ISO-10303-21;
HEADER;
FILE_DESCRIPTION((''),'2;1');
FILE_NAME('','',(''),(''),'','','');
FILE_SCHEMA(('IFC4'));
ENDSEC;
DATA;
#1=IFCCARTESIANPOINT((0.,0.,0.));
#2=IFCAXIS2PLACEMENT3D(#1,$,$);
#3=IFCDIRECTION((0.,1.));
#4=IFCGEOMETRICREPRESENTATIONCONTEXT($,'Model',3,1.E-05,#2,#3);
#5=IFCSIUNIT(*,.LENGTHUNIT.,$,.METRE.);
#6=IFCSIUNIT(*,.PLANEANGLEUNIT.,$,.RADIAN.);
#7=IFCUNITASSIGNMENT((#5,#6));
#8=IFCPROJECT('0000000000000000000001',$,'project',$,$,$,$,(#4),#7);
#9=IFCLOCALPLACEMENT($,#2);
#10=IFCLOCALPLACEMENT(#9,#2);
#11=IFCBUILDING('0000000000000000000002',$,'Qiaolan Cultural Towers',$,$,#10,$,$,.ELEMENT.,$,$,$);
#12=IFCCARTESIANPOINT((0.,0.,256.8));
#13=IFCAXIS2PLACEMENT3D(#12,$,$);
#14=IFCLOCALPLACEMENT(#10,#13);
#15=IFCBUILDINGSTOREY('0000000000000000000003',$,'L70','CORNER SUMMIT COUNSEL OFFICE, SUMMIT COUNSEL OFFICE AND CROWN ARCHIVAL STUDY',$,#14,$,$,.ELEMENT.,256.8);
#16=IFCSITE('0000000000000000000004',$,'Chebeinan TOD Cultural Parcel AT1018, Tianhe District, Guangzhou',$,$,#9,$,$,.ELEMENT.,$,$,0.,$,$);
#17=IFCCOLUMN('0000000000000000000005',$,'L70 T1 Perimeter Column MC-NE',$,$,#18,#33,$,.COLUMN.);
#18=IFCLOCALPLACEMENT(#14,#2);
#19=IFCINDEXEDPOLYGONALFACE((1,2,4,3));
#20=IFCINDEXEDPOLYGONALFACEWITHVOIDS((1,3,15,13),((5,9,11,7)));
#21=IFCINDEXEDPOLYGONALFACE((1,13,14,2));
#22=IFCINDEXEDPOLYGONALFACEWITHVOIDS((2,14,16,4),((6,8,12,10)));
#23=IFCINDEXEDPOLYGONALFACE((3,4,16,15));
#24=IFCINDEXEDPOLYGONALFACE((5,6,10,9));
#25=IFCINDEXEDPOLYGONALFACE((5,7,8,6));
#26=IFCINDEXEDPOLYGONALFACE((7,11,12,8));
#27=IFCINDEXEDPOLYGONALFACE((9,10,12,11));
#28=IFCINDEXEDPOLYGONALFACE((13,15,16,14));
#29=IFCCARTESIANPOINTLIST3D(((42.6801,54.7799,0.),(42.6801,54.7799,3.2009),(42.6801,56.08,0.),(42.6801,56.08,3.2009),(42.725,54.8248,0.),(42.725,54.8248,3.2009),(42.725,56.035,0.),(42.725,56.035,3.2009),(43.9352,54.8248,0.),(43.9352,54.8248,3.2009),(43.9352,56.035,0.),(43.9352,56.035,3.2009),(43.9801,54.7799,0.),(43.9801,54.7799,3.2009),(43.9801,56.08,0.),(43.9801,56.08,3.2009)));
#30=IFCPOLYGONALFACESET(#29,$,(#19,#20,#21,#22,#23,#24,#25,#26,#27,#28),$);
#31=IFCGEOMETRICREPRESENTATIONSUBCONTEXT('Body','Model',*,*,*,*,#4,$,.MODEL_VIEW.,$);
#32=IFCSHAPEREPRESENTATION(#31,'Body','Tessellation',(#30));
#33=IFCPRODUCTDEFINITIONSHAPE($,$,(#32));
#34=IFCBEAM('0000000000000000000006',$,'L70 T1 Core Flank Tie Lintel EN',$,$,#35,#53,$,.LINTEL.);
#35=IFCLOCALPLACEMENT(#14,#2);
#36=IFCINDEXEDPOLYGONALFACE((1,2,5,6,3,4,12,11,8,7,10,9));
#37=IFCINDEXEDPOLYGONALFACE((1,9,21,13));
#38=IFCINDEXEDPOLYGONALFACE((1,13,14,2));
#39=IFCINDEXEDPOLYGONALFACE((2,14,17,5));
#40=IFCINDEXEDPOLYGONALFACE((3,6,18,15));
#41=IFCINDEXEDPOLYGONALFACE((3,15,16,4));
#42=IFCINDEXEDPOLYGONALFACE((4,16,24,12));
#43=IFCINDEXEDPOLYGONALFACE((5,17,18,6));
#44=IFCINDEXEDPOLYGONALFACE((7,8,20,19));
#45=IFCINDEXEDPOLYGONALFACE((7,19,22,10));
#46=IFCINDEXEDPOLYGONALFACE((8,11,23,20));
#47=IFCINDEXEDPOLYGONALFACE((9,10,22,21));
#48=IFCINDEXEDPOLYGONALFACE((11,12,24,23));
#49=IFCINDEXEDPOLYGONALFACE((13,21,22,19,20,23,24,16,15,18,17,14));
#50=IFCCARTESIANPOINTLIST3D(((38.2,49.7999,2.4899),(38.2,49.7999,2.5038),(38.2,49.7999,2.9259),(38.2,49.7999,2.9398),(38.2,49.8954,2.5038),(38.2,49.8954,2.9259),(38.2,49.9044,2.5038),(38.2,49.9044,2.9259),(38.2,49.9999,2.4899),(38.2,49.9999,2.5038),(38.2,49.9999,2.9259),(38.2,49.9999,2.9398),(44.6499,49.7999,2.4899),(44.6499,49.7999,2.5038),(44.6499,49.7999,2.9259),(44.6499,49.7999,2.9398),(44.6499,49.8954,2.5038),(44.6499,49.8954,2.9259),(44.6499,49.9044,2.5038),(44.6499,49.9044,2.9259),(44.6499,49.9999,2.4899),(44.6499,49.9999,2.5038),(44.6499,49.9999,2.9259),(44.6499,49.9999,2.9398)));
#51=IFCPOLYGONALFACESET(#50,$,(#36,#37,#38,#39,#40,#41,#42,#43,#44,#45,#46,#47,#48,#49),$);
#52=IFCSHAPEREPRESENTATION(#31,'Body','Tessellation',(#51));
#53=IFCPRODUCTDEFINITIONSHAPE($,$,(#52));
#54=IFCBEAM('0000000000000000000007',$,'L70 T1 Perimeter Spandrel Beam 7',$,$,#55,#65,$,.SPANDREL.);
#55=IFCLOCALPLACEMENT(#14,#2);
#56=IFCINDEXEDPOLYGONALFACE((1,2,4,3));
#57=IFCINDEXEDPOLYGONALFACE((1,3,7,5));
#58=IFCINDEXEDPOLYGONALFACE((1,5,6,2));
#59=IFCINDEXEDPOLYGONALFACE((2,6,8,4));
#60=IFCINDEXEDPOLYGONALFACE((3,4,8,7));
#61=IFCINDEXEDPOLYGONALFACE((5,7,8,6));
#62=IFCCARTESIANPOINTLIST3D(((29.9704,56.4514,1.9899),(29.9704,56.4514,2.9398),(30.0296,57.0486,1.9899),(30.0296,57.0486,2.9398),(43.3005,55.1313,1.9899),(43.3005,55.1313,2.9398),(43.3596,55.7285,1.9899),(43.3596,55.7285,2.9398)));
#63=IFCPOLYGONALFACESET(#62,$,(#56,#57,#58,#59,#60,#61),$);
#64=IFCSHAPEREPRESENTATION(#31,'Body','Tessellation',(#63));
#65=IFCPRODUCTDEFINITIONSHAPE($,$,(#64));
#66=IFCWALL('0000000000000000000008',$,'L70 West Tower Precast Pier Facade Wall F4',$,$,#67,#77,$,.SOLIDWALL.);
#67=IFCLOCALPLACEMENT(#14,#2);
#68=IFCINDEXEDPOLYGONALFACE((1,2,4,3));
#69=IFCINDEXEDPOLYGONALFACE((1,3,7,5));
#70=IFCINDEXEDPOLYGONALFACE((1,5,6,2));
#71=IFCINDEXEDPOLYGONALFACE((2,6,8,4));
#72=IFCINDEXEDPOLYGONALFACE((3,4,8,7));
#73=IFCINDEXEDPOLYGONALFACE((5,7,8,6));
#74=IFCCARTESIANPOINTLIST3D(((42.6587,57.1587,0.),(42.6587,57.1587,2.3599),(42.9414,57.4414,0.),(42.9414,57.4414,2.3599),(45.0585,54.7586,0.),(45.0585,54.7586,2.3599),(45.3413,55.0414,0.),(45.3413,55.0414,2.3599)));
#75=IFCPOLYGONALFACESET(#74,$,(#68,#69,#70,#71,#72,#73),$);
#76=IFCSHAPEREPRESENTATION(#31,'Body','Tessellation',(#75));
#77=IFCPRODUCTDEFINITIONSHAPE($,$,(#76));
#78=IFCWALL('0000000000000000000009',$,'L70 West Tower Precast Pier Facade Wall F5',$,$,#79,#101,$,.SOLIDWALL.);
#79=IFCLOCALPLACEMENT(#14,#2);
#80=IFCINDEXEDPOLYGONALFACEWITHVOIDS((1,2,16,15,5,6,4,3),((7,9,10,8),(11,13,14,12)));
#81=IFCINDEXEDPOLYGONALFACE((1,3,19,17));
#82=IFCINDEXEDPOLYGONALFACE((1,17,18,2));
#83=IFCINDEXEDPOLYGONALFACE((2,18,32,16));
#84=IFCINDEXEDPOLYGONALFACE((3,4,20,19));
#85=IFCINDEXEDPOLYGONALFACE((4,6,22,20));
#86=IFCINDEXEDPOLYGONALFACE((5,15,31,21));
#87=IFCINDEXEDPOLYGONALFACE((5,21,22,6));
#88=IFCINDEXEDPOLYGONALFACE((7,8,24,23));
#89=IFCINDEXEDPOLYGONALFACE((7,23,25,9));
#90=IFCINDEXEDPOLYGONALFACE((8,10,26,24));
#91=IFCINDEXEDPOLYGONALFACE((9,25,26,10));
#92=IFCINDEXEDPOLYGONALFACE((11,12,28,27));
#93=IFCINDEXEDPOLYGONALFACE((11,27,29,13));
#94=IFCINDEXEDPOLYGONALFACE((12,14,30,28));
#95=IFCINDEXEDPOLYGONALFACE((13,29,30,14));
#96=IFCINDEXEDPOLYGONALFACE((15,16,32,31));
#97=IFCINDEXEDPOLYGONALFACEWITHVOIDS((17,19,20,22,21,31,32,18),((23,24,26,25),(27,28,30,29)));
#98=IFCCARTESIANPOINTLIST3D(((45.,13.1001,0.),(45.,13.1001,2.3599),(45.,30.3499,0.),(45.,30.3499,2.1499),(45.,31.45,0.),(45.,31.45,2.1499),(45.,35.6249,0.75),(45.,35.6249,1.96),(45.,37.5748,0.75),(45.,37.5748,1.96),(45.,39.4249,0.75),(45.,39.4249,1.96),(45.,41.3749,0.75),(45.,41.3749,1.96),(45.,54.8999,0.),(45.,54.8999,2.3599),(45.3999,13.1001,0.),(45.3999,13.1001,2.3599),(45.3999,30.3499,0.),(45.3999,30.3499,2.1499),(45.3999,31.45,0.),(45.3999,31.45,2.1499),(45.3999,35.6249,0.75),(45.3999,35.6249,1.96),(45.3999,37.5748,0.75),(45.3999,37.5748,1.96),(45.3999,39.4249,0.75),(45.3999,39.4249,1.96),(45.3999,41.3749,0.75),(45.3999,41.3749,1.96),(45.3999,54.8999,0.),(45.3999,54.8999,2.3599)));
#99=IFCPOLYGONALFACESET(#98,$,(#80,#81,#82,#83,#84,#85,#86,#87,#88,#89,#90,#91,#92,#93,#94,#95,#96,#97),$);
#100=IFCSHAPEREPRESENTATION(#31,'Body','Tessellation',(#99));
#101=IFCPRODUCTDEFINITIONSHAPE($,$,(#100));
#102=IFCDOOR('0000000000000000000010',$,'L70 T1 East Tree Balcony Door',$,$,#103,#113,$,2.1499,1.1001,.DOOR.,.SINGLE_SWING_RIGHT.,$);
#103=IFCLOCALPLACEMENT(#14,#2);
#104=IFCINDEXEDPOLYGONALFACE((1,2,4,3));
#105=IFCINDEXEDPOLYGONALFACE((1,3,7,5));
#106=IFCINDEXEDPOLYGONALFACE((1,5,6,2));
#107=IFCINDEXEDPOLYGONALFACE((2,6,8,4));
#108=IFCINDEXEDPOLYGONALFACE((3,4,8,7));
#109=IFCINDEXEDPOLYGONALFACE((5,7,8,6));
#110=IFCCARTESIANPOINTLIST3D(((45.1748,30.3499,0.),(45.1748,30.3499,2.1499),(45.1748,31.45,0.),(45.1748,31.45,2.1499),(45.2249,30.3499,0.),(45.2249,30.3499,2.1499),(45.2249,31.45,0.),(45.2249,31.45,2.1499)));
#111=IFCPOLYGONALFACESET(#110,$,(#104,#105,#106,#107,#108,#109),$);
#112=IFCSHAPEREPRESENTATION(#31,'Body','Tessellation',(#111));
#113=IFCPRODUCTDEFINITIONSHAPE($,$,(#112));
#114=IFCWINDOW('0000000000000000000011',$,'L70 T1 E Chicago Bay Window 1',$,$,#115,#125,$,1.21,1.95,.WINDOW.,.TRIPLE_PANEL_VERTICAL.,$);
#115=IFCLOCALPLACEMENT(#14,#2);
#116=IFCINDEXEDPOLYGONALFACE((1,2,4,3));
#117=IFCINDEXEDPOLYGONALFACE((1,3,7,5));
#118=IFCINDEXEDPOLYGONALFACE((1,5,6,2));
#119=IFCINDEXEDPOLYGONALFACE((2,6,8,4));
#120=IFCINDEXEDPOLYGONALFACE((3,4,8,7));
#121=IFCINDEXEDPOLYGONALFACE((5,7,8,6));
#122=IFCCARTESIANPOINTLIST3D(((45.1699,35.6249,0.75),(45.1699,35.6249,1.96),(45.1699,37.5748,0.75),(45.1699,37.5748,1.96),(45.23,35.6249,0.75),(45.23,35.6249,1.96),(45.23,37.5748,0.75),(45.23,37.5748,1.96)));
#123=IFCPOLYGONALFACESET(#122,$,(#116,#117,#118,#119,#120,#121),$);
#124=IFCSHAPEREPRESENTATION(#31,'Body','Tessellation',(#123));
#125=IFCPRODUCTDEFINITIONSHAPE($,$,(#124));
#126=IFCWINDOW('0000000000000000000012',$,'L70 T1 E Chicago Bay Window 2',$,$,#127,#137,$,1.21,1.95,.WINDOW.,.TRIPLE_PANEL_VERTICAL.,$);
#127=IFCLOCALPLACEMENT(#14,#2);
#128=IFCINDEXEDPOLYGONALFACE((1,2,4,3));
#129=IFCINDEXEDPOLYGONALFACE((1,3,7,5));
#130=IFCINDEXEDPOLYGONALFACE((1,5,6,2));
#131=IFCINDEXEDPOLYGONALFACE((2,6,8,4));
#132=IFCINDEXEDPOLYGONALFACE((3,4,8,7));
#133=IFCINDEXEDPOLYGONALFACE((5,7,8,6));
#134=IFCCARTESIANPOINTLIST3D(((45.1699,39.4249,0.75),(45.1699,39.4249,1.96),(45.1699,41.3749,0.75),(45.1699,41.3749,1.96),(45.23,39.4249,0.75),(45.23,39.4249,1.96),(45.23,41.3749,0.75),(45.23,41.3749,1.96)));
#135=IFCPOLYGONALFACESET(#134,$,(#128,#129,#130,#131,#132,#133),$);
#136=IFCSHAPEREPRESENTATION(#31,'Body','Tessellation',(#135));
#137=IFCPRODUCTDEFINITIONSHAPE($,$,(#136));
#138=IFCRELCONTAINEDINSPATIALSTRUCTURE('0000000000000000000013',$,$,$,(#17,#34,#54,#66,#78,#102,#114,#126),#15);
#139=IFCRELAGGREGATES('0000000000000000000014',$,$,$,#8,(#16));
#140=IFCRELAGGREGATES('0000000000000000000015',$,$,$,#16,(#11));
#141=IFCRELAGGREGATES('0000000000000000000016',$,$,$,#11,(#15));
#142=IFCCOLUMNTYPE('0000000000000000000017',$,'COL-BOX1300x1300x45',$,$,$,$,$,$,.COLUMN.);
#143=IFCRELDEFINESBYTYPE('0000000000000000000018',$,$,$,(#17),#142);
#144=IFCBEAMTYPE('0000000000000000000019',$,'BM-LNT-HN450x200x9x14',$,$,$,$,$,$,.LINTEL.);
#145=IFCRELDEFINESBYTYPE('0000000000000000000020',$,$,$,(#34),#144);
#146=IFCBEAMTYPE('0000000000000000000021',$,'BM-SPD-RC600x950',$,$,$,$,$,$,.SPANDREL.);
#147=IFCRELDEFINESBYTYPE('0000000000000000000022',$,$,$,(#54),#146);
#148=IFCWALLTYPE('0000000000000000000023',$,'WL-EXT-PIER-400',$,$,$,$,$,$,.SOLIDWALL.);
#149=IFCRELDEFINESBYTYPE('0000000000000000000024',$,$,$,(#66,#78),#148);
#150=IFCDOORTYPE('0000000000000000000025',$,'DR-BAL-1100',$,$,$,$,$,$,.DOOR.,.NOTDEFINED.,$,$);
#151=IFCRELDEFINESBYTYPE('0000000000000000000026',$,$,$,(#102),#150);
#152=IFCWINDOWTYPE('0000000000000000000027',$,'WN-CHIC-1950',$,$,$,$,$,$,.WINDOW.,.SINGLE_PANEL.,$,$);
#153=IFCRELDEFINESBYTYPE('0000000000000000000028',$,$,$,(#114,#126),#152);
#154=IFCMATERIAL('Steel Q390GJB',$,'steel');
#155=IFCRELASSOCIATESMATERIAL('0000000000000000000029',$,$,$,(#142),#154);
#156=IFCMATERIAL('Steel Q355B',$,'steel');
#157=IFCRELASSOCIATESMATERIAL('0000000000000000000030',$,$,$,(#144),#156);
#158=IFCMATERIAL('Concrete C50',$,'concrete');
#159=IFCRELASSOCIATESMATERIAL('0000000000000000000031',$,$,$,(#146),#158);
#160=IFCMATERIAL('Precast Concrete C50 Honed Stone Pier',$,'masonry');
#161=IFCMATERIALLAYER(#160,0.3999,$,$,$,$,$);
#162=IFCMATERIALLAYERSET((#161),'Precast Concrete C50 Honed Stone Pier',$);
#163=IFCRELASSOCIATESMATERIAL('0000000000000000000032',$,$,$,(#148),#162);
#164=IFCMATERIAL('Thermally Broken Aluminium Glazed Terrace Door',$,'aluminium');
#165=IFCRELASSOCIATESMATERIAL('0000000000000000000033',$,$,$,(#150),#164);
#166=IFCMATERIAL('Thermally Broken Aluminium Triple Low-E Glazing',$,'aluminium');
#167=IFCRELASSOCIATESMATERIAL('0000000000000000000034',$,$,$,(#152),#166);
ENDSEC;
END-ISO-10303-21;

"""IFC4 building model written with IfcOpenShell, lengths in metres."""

from ifc_helpers import new_model, si_unit, direction, frame, frame_2d, origin, origin_2d, place, context, subcontext, project, spatial, rectangle, hollow_rectangle, i_section, extrude, material, layer, layer_set, material_profile, profile_set, type_object, element, fill, save


model = new_model("IFC4")

# Units and contexts
model_context = context("Model", 3, precision=1e-05, world=origin(), true_north=direction((0.0, 1.0)))
body_context = subcontext(model_context, "Body", "Model", "MODEL_VIEW")
ifc_project = project(units=[si_unit("LENGTHUNIT", "METRE"), si_unit("PLANEANGLEUNIT", "RADIAN")], contexts=[model_context])

# Site, building, storey
site_placement = place(None, origin())
site = spatial("IfcSite", under=ifc_project, at=site_placement, Name="Chebeinan TOD Cultural Parcel AT1018, Tianhe District, Guangzhou", CompositionType="ELEMENT", RefElevation=0.0)
building_placement = place(site_placement, origin())
building = spatial("IfcBuilding", under=site, at=building_placement, Name="Qiaolan Cultural Towers", CompositionType="ELEMENT")
storey_placement = place(building_placement, frame((0.0, 0.0, 256.8)))
storey = spatial("IfcBuildingStorey", under=building, at=storey_placement, Name="L70", Description="CORNER SUMMIT COUNSEL OFFICE, SUMMIT COUNSEL OFFICE AND CROWN ARCHIVAL STUDY", CompositionType="ELEMENT", Elevation=256.8)

# Column
ifc_material_1 = material(Name="Steel Q390GJB", Category="steel")
ifc_material_profile_1 = material_profile(ifc_material_1, hollow_rectangle(XDim=1.3, YDim=1.3, WallThickness=0.0449, at=origin_2d()), Name="BOX1300x1300x45")
ifc_profile_set_1 = profile_set([ifc_material_profile_1], Name="Steel Q390GJB")
column_type = type_object("IfcColumnType", Name="COL-BOX1300x1300x45", PredefinedType="COLUMN", material=ifc_profile_set_1)
column_placement = place(storey_placement, frame((43.3301, 55.4299, 0.0), z_axis=(0.0, 0.0, 1.0), x_axis=(1.0, 0.0, 0.0)))
element("IfcColumn", 1, at=column_placement, inside=storey, type_object=column_type, Name="L70 T1 Perimeter Column MC-NE", PredefinedType="COLUMN", context=body_context, shape_type="SweptSolid", body=[
    extrude(hollow_rectangle(XDim=1.3, YDim=1.3, WallThickness=0.0449, at=origin_2d()), origin(), (0.0, 0.0, 1.0), 3.2009),
])

# Beams
ifc_material_2 = material(Name="Steel Q355B", Category="steel")
ifc_material_profile_2 = material_profile(ifc_material_2, i_section(OverallWidth=0.2, OverallDepth=0.45, WebThickness=0.009, FlangeThickness=0.0139, at=origin_2d()), Name="HN450x200x9x14")
ifc_profile_set_2 = profile_set([ifc_material_profile_2], Name="Steel Q355B")
beam_type_1 = type_object("IfcBeamType", Name="BM-LNT-HN450x200x9x14", PredefinedType="LINTEL", material=ifc_profile_set_2)
beam_1_placement = place(storey_placement, frame((38.2, 49.8999, 2.7148), z_axis=(1.0, 0.0, 0.0), x_axis=(0.0, 1.0, 0.0)))
element("IfcBeam", 2, at=beam_1_placement, inside=storey, type_object=beam_type_1, Name="L70 T1 Core Flank Tie Lintel EN", PredefinedType="LINTEL", context=body_context, shape_type="SweptSolid", body=[
    extrude(i_section(OverallWidth=0.2, OverallDepth=0.45, WebThickness=0.009, FlangeThickness=0.0139, at=origin_2d()), origin(), (0.0, 0.0, 1.0), 6.45),
])
ifc_material_3 = material(Name="Concrete C50", Category="concrete")
ifc_material_profile_3 = material_profile(ifc_material_3, rectangle(XDim=0.6001, YDim=0.95, at=origin_2d()), Name="RC600x950")
ifc_profile_set_3 = profile_set([ifc_material_profile_3], Name="Concrete C50")
beam_type_2 = type_object("IfcBeamType", Name="BM-SPD-RC600x950", PredefinedType="SPANDREL", material=ifc_profile_set_3)
beam_2_placement = place(storey_placement, frame((43.3301, 55.4299, 2.4648), z_axis=(-0.995132, 0.098547, 0.0), x_axis=(-0.098547, -0.995132, 0.0)))
element("IfcBeam", 3, at=beam_2_placement, inside=storey, type_object=beam_type_2, Name="L70 T1 Perimeter Spandrel Beam 7", PredefinedType="SPANDREL", context=body_context, shape_type="SweptSolid", body=[
    extrude(rectangle(XDim=0.6001, YDim=0.95, at=origin_2d()), origin(), (0.0, 0.0, 1.0), 13.3953),
])

# Wall
ifc_material_4 = material(Name="Precast Concrete C50 Honed Stone Pier", Category="masonry")
ifc_layer_1 = layer(ifc_material_4, 0.3999)
ifc_layer_set_1 = layer_set([ifc_layer_1], Name="Precast Concrete C50 Honed Stone Pier")
wall_type_1 = type_object("IfcWallType", Name="WL-EXT-PIER-400", PredefinedType="SOLIDWALL", material=ifc_layer_set_1)
wall_1_placement = place(storey_placement, frame((42.8, 57.3, 0.0), z_axis=(0.0, 0.0, 1.0), x_axis=(0.707071, -0.707143, 0.0)))
element("IfcWall", 4, at=wall_1_placement, inside=storey, type_object=wall_type_1, Name="L70 West Tower Precast Pier Facade Wall F4", PredefinedType="SOLIDWALL", context=body_context, shape_type="SweptSolid", body=[
    extrude(rectangle(XDim=3.394, YDim=0.3999, at=frame_2d((1.697, 0.0))), origin(), (0.0, 0.0, 1.0), 2.3599),
])

# Wall, openings, door, windows
wall_2_placement = place(storey_placement, frame((45.2, 54.8999, 0.0), z_axis=(0.0, 0.0, 1.0), x_axis=(0.0, -1.0, 0.0)))
wall_2 = element("IfcWall", 5, at=wall_2_placement, inside=storey, type_object=wall_type_1, Name="L70 West Tower Precast Pier Facade Wall F5", PredefinedType="SOLIDWALL", context=body_context, shape_type="SweptSolid", body=[
    extrude(rectangle(XDim=41.7998, YDim=0.3999, at=frame_2d((20.8999, 0.0))), origin(), (0.0, 0.0, 1.0), 2.3599),
])
opening_1_placement = place(wall_2_placement, frame((17.325, 0.0, 0.75)))
opening_1 = element("IfcOpeningElement", 6, at=opening_1_placement, cuts=wall_2, PredefinedType="OPENING", context=body_context, shape_type="SweptSolid", body=[
    extrude(rectangle(XDim=1.95, YDim=1.21, at=frame_2d((0.9751, 0.605))), frame((0.0, 0.21, 0.0), z_axis=(0.0, -1.0, 0.0), x_axis=(1.0, 0.0, 0.0)), (0.0, 0.0, 1.0), 0.4199),
])
opening_2_placement = place(wall_2_placement, frame((13.5249, 0.0, 0.75)))
opening_2 = element("IfcOpeningElement", 7, at=opening_2_placement, cuts=wall_2, PredefinedType="OPENING", context=body_context, shape_type="SweptSolid", body=[
    extrude(rectangle(XDim=1.95, YDim=1.21, at=frame_2d((0.9751, 0.605))), frame((0.0, 0.21, 0.0), z_axis=(0.0, -1.0, 0.0), x_axis=(1.0, 0.0, 0.0)), (0.0, 0.0, 1.0), 0.4199),
])
opening_3_placement = place(wall_2_placement, frame((23.45, 0.0, 0.0)))
opening_3 = element("IfcOpeningElement", 8, at=opening_3_placement, cuts=wall_2, PredefinedType="OPENING", context=body_context, shape_type="SweptSolid", body=[
    extrude(rectangle(XDim=1.1001, YDim=2.1499, at=frame_2d((0.55, 1.075))), frame((0.0, 0.21, 0.0), z_axis=(0.0, -1.0, 0.0), x_axis=(1.0, 0.0, 0.0)), (0.0, 0.0, 1.0), 0.4199),
])
ifc_material_5 = material(Name="Thermally Broken Aluminium Glazed Terrace Door", Category="aluminium")
door_type_1 = type_object("IfcDoorType", Name="DR-BAL-1100", OperationType="NOTDEFINED", PredefinedType="DOOR", material=ifc_material_5)
door_1_placement = place(opening_3_placement, origin())
door_1 = element("IfcDoor", 9, at=door_1_placement, inside=storey, type_object=door_type_1, Name="L70 T1 East Tree Balcony Door", OperationType="SINGLE_SWING_RIGHT", OverallHeight=2.1499, OverallWidth=1.1001, PredefinedType="DOOR", context=body_context, shape_type="SweptSolid", body=[
    extrude(rectangle(XDim=1.1001, YDim=2.1499, at=frame_2d((0.55, 1.075))), frame((0.0, 0.0249, 0.0), z_axis=(0.0, -1.0, 0.0), x_axis=(1.0, 0.0, 0.0)), (0.0, 0.0, 1.0), 0.05),
])
fill(opening_3, door_1)
ifc_material_6 = material(Name="Thermally Broken Aluminium Triple Low-E Glazing", Category="aluminium")
window_type = type_object("IfcWindowType", Name="WN-CHIC-1950", PartitioningType="SINGLE_PANEL", PredefinedType="WINDOW", material=ifc_material_6)
window_1_placement = place(opening_1_placement, origin())
window_1 = element("IfcWindow", 10, at=window_1_placement, inside=storey, type_object=window_type, Name="L70 T1 E Chicago Bay Window 1", OverallHeight=1.21, OverallWidth=1.95, PartitioningType="TRIPLE_PANEL_VERTICAL", PredefinedType="WINDOW", context=body_context, shape_type="SweptSolid", body=[
    extrude(rectangle(XDim=1.95, YDim=1.21, at=frame_2d((0.9751, 0.605))), frame((0.0, 0.03, 0.0), z_axis=(0.0, -1.0, 0.0), x_axis=(1.0, 0.0, 0.0)), (0.0, 0.0, 1.0), 0.0601),
])
fill(opening_1, window_1)
window_2_placement = place(opening_2_placement, origin())
window_2 = element("IfcWindow", 11, at=window_2_placement, inside=storey, type_object=window_type, Name="L70 T1 E Chicago Bay Window 2", OverallHeight=1.21, OverallWidth=1.95, PartitioningType="TRIPLE_PANEL_VERTICAL", PredefinedType="WINDOW", context=body_context, shape_type="SweptSolid", body=[
    extrude(rectangle(XDim=1.95, YDim=1.21, at=frame_2d((0.9751, 0.605))), frame((0.0, 0.03, 0.0), z_axis=(0.0, -1.0, 0.0), x_axis=(1.0, 0.0, 0.0)), (0.0, 0.0, 1.0), 0.0601),
])
fill(opening_2, window_2)

save(model, "model.ifc")
